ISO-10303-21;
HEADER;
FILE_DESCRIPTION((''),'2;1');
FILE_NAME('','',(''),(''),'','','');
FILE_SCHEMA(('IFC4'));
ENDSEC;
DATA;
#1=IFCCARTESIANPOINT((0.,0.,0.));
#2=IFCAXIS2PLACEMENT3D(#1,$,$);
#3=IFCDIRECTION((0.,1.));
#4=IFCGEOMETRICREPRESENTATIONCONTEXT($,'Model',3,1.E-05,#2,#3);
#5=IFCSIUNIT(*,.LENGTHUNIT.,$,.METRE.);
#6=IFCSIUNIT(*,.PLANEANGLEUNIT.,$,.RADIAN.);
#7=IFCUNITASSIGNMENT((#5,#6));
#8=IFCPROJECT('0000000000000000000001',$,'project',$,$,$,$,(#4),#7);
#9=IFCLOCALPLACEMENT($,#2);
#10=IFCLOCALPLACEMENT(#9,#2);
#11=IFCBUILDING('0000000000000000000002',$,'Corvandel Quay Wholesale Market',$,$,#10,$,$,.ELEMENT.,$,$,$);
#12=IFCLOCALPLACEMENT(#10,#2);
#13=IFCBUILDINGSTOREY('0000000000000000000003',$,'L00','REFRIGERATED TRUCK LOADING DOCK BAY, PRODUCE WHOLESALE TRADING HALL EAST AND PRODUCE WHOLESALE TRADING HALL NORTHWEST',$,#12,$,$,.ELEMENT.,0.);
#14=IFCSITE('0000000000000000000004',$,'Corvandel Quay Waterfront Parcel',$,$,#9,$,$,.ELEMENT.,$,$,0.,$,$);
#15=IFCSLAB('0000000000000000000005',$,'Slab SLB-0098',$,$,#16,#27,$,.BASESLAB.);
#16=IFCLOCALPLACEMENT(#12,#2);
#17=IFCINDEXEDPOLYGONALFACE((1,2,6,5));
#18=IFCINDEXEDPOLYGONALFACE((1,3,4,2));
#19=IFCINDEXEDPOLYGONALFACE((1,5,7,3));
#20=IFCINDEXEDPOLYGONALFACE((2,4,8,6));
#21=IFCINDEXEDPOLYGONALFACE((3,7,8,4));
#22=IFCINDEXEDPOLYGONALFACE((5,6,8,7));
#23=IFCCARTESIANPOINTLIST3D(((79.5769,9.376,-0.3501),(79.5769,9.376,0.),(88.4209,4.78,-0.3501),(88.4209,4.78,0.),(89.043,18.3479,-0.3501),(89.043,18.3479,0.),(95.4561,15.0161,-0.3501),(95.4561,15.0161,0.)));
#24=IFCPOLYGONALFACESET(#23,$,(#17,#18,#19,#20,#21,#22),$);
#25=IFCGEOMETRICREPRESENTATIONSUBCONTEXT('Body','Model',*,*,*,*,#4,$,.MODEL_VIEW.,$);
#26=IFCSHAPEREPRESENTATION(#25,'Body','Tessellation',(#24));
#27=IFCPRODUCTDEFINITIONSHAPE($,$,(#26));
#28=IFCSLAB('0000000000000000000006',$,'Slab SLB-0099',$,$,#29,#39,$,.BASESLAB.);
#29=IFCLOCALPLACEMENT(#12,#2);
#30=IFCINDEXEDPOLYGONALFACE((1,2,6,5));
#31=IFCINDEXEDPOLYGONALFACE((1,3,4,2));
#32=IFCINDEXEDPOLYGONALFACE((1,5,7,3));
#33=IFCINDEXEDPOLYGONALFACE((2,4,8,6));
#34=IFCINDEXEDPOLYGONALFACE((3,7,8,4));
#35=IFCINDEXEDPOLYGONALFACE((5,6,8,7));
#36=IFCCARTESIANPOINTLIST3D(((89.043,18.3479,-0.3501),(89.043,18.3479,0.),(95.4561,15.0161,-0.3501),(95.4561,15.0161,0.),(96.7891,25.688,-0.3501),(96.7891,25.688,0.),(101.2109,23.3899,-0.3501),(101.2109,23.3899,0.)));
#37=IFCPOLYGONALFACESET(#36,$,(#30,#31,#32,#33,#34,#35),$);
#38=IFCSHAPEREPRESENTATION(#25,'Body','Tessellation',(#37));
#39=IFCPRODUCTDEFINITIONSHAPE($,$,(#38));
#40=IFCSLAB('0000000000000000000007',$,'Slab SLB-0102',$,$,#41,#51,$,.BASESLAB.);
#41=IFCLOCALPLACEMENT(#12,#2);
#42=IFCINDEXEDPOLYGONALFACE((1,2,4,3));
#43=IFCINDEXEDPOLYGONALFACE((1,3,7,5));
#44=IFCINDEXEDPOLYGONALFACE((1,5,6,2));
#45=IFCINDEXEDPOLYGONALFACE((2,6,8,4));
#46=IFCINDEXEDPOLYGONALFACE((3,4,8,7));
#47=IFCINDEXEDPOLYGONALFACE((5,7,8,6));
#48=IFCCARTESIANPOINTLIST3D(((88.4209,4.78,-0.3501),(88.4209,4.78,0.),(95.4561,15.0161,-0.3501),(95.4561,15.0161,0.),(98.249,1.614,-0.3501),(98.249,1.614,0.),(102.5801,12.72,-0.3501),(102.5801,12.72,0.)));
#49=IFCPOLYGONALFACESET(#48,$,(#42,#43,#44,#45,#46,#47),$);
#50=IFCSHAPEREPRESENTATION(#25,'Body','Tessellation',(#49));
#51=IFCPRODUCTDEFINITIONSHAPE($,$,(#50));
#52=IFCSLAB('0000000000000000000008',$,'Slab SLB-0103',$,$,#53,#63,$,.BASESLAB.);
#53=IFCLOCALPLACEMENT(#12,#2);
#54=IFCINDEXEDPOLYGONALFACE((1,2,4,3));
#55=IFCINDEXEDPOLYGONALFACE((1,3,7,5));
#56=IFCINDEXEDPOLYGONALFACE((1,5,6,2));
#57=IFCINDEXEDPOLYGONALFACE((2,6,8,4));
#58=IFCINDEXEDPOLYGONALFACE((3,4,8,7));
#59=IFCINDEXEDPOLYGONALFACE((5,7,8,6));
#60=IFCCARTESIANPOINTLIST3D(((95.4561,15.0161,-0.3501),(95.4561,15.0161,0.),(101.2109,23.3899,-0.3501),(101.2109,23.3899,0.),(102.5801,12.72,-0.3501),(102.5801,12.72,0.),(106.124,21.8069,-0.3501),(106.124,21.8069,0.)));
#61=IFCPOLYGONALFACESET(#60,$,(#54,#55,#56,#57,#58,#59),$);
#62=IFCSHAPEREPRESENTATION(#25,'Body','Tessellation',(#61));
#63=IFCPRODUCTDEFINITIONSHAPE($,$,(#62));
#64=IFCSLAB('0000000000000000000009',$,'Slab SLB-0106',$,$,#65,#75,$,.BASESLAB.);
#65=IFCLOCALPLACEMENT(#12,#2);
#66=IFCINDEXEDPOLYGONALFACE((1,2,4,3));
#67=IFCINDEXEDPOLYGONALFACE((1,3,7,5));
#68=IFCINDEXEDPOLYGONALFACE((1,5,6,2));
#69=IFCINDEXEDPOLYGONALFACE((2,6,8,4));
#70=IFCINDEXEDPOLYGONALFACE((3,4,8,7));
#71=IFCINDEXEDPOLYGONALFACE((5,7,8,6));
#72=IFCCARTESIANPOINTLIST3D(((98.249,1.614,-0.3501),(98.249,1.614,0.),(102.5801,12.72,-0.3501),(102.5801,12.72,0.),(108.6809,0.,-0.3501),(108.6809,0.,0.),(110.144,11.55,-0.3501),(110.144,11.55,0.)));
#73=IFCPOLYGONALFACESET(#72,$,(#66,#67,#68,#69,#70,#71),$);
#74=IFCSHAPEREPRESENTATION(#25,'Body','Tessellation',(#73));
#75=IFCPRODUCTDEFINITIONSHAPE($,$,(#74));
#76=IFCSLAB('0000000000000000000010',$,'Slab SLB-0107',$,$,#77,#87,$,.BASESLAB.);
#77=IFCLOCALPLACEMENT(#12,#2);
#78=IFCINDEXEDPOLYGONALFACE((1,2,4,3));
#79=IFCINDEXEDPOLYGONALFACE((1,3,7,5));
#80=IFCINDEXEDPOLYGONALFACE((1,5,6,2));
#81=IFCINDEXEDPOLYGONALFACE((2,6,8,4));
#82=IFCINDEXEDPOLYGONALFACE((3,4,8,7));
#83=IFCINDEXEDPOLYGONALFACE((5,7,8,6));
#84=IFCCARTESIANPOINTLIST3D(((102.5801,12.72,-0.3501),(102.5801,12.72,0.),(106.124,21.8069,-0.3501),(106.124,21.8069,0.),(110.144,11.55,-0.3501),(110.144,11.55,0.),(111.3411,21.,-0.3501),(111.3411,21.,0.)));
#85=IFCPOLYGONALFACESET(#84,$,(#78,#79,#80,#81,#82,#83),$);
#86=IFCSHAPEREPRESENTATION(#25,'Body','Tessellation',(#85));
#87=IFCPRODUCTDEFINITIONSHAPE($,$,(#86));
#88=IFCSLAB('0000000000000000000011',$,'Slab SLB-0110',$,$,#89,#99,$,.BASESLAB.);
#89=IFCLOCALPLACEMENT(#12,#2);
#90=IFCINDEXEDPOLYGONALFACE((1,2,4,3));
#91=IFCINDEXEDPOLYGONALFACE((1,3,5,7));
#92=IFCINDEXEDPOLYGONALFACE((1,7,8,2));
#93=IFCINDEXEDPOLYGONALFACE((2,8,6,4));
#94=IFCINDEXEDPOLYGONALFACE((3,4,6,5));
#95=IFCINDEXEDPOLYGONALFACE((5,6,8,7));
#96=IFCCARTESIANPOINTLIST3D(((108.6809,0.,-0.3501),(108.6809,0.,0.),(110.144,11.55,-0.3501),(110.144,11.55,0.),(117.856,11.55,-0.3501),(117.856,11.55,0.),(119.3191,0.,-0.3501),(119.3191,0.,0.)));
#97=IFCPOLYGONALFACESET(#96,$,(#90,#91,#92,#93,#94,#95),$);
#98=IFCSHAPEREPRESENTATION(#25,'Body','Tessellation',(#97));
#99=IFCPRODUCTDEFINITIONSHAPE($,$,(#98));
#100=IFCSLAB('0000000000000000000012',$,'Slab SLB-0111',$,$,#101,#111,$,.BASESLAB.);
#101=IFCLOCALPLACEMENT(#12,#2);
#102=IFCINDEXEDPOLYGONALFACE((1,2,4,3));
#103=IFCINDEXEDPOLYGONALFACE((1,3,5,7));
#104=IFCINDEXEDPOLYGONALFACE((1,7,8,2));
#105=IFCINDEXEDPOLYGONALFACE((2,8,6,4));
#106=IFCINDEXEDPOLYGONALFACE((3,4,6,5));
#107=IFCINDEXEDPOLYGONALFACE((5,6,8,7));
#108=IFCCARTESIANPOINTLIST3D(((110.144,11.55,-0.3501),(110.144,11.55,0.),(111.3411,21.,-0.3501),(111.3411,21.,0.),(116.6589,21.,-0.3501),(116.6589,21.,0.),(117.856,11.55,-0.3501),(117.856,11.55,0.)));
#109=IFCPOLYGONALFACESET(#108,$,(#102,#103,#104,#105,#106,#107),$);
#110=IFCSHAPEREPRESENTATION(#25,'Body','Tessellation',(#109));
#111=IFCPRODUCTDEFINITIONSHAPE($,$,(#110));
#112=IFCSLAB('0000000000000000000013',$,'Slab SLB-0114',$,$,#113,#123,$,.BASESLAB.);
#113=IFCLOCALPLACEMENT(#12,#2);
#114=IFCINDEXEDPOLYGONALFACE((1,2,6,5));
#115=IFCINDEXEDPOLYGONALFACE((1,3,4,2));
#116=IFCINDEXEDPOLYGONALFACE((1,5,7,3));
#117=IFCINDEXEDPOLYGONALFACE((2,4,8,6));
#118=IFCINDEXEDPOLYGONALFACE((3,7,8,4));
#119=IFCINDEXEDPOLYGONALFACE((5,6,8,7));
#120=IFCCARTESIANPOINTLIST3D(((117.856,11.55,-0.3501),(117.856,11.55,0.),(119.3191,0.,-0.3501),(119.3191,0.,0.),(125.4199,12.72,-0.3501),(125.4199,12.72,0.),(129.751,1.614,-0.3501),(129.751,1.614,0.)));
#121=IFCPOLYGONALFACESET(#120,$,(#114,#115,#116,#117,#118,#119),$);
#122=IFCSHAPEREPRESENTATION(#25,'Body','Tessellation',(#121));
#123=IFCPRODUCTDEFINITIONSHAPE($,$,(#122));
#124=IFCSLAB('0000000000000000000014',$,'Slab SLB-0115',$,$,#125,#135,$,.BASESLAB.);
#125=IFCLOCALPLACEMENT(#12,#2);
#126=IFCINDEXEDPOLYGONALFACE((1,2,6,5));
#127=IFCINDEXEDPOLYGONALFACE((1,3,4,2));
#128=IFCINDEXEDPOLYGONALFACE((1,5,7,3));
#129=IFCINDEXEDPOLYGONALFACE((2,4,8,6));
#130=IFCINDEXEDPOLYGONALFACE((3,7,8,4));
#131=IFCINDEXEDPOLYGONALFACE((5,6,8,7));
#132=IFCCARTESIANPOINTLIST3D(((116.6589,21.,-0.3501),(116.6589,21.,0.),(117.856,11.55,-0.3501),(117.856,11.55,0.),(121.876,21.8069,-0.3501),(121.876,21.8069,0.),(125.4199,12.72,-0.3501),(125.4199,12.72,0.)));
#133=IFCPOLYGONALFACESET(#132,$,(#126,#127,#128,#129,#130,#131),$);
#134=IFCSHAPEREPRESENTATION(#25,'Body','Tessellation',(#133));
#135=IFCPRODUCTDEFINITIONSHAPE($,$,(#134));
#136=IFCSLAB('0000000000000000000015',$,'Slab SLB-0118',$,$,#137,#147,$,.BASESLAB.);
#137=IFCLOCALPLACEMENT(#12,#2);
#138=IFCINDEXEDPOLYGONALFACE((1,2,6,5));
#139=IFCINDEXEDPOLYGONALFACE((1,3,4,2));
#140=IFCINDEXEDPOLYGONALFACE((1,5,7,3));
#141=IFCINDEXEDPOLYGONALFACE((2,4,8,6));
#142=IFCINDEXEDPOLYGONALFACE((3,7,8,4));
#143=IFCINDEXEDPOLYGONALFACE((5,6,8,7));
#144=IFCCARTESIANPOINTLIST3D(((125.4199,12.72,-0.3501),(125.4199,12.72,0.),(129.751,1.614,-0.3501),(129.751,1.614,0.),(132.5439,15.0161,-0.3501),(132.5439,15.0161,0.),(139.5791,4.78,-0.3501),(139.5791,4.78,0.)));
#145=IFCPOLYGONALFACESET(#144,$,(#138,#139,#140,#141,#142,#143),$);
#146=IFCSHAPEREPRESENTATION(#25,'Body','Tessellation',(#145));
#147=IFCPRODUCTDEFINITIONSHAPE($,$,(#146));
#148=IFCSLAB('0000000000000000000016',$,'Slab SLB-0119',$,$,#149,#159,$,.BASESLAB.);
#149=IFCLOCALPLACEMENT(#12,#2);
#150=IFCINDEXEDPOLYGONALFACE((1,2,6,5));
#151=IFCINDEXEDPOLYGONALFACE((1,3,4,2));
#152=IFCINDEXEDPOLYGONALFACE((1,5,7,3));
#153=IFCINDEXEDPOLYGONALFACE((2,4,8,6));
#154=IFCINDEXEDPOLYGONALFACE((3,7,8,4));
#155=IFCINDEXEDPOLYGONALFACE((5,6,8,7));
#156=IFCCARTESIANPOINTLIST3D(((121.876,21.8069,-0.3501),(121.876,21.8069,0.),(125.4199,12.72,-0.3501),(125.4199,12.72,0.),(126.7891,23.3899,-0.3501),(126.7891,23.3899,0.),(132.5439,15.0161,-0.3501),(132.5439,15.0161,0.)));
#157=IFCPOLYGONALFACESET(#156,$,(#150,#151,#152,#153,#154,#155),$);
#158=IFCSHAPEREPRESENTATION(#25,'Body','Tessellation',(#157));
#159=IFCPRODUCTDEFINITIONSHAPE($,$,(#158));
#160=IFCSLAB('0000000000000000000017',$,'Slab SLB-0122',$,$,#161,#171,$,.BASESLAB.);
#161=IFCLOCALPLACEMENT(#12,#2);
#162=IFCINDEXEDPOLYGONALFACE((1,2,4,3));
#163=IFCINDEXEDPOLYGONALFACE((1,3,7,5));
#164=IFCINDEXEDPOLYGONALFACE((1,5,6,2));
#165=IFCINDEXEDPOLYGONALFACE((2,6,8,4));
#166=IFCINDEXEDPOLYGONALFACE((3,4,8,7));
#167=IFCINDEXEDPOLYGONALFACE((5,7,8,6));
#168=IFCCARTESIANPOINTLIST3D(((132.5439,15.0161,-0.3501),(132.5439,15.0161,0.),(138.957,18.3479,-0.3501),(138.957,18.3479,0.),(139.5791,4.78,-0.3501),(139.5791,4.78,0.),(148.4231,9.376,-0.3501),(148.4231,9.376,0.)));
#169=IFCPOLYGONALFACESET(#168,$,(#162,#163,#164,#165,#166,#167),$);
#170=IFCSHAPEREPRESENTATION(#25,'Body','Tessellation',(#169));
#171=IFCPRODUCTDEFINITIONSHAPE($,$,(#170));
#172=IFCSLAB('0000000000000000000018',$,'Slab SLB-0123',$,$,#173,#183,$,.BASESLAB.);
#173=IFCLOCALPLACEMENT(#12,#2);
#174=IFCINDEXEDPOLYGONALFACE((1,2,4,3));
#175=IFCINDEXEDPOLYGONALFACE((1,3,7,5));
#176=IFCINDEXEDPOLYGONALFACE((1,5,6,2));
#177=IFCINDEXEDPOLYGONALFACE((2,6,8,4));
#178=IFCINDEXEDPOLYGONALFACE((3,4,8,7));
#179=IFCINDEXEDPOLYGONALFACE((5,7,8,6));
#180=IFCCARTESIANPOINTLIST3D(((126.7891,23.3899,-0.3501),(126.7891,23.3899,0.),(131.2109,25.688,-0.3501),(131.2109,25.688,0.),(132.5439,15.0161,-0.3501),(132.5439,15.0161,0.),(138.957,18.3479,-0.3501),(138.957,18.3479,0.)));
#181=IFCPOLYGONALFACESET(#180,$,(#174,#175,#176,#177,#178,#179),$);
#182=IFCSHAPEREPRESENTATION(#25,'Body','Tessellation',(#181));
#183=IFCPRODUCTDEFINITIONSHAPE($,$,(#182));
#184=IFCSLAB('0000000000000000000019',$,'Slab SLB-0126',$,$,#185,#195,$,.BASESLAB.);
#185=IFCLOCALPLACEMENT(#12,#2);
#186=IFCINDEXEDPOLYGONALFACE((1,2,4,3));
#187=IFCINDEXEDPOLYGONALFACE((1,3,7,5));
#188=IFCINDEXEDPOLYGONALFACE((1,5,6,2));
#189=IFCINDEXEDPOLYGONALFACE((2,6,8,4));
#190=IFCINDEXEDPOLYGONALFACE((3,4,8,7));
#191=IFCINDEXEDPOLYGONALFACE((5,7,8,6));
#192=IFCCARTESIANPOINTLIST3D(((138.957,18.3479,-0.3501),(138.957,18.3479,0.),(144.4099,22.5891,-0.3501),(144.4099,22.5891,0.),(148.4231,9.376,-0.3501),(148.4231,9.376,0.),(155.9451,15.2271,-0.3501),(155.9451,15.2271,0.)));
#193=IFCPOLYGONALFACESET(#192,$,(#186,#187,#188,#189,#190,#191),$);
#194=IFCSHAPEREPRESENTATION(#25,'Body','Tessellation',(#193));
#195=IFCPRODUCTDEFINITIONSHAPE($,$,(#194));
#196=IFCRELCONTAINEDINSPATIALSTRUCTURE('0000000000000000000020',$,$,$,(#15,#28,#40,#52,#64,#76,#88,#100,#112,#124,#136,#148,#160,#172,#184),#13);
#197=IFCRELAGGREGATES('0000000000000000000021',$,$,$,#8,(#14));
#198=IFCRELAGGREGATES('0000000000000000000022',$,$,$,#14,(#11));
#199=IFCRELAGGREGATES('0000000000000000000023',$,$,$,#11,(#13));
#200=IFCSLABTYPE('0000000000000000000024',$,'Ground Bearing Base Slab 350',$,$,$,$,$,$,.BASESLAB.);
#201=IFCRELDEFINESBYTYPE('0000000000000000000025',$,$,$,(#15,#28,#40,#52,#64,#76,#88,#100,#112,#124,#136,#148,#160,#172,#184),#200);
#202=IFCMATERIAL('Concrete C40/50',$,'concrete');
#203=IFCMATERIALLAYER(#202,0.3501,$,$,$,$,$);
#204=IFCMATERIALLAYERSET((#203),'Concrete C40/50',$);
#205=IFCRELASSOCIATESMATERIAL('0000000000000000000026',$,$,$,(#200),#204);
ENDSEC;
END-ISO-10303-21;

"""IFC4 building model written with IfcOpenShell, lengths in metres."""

from ifc_helpers import new_model, si_unit, direction, frame, origin, place, context, subcontext, project, spatial, polyline, outline, extrude, material, layer, layer_set, type_object, element, save


model = new_model("IFC4")

# Units and contexts
model_context = context("Model", 3, precision=1e-05, world=origin(), true_north=direction((0.0, 1.0)))
body_context = subcontext(model_context, "Body", "Model", "MODEL_VIEW")
ifc_project = project(units=[si_unit("LENGTHUNIT", "METRE"), si_unit("PLANEANGLEUNIT", "RADIAN")], contexts=[model_context])

# Site, building, storey
site_placement = place(None, origin())
site = spatial("IfcSite", under=ifc_project, at=site_placement, Name="Corvandel Quay Waterfront Parcel", CompositionType="ELEMENT", RefElevation=0.0)
building_placement = place(site_placement, origin())
building = spatial("IfcBuilding", under=site, at=building_placement, Name="Corvandel Quay Wholesale Market", CompositionType="ELEMENT")
storey_placement = place(building_placement, origin())
storey = spatial("IfcBuildingStorey", under=building, at=storey_placement, Name="L00", Description="REFRIGERATED TRUCK LOADING DOCK BAY, PRODUCE WHOLESALE TRADING HALL EAST AND PRODUCE WHOLESALE TRADING HALL NORTHWEST", CompositionType="ELEMENT", Elevation=0.0)

# Slabs
ifc_material = material(Name="Concrete C40/50", Category="concrete")
ifc_layer = layer(ifc_material, 0.3501)
ifc_layer_set = layer_set([ifc_layer], Name="Concrete C40/50")
slab_type = type_object("IfcSlabType", Name="Ground Bearing Base Slab 350", PredefinedType="BASESLAB", material=ifc_layer_set)
slab_1_placement = place(storey_placement, frame((0.0, 0.0, -0.3501)))
element("IfcSlab", 1, at=slab_1_placement, inside=storey, type_object=slab_type, Name="Slab SLB-0098", PredefinedType="BASESLAB", context=body_context, shape_type="SweptSolid", body=[
    extrude(outline(polyline([(79.5769, 9.376), (88.4209, 4.78), (95.4561, 15.0161), (89.043, 18.3479), (79.5769, 9.376)])), origin(), (0.0, 0.0, 1.0), 0.3501),
])
slab_2_placement = place(storey_placement, frame((0.0, 0.0, -0.3501)))
element("IfcSlab", 2, at=slab_2_placement, inside=storey, type_object=slab_type, Name="Slab SLB-0099", PredefinedType="BASESLAB", context=body_context, shape_type="SweptSolid", body=[
    extrude(outline(polyline([(89.043, 18.3479), (95.4561, 15.0161), (101.2109, 23.3899), (96.7891, 25.688), (89.043, 18.3479)])), origin(), (0.0, 0.0, 1.0), 0.3501),
])
slab_3_placement = place(storey_placement, frame((0.0, 0.0, -0.3501)))
element("IfcSlab", 3, at=slab_3_placement, inside=storey, type_object=slab_type, Name="Slab SLB-0102", PredefinedType="BASESLAB", context=body_context, shape_type="SweptSolid", body=[
    extrude(outline(polyline([(88.4209, 4.78), (98.249, 1.614), (102.5801, 12.72), (95.4561, 15.0161), (88.4209, 4.78)])), origin(), (0.0, 0.0, 1.0), 0.3501),
])
slab_4_placement = place(storey_placement, frame((0.0, 0.0, -0.3501)))
element("IfcSlab", 4, at=slab_4_placement, inside=storey, type_object=slab_type, Name="Slab SLB-0103", PredefinedType="BASESLAB", context=body_context, shape_type="SweptSolid", body=[
    extrude(outline(polyline([(95.4561, 15.0161), (102.5801, 12.72), (106.124, 21.8069), (101.2109, 23.3899), (95.4561, 15.0161)])), origin(), (0.0, 0.0, 1.0), 0.3501),
])
slab_5_placement = place(storey_placement, frame((0.0, 0.0, -0.3501)))
element("IfcSlab", 5, at=slab_5_placement, inside=storey, type_object=slab_type, Name="Slab SLB-0106", PredefinedType="BASESLAB", context=body_context, shape_type="SweptSolid", body=[
    extrude(outline(polyline([(98.249, 1.614), (108.6809, 0.0), (110.144, 11.55), (102.5801, 12.72), (98.249, 1.614)])), origin(), (0.0, 0.0, 1.0), 0.3501),
])
slab_6_placement = place(storey_placement, frame((0.0, 0.0, -0.3501)))
element("IfcSlab", 6, at=slab_6_placement, inside=storey, type_object=slab_type, Name="Slab SLB-0107", PredefinedType="BASESLAB", context=body_context, shape_type="SweptSolid", body=[
    extrude(outline(polyline([(102.5801, 12.72), (110.144, 11.55), (111.3411, 21.0), (106.124, 21.8069), (102.5801, 12.72)])), origin(), (0.0, 0.0, 1.0), 0.3501),
])
slab_7_placement = place(storey_placement, frame((0.0, 0.0, -0.3501)))
element("IfcSlab", 7, at=slab_7_placement, inside=storey, type_object=slab_type, Name="Slab SLB-0110", PredefinedType="BASESLAB", context=body_context, shape_type="SweptSolid", body=[
    extrude(outline(polyline([(108.6809, 0.0), (119.3191, 0.0), (117.856, 11.55), (110.144, 11.55), (108.6809, 0.0)])), origin(), (0.0, 0.0, 1.0), 0.3501),
])
slab_8_placement = place(storey_placement, frame((0.0, 0.0, -0.3501)))
element("IfcSlab", 8, at=slab_8_placement, inside=storey, type_object=slab_type, Name="Slab SLB-0111", PredefinedType="BASESLAB", context=body_context, shape_type="SweptSolid", body=[
    extrude(outline(polyline([(110.144, 11.55), (117.856, 11.55), (116.6589, 21.0), (111.3411, 21.0), (110.144, 11.55)])), origin(), (0.0, 0.0, 1.0), 0.3501),
])
slab_9_placement = place(storey_placement, frame((0.0, 0.0, -0.3501)))
element("IfcSlab", 9, at=slab_9_placement, inside=storey, type_object=slab_type, Name="Slab SLB-0114", PredefinedType="BASESLAB", context=body_context, shape_type="SweptSolid", body=[
    extrude(outline(polyline([(119.3191, 0.0), (129.751, 1.614), (125.4199, 12.72), (117.856, 11.55), (119.3191, 0.0)])), origin(), (0.0, 0.0, 1.0), 0.3501),
])
slab_10_placement = place(storey_placement, frame((0.0, 0.0, -0.3501)))
element("IfcSlab", 10, at=slab_10_placement, inside=storey, type_object=slab_type, Name="Slab SLB-0115", PredefinedType="BASESLAB", context=body_context, shape_type="SweptSolid", body=[
    extrude(outline(polyline([(117.856, 11.55), (125.4199, 12.72), (121.876, 21.8069), (116.6589, 21.0), (117.856, 11.55)])), origin(), (0.0, 0.0, 1.0), 0.3501),
])
slab_11_placement = place(storey_placement, frame((0.0, 0.0, -0.3501)))
element("IfcSlab", 11, at=slab_11_placement, inside=storey, type_object=slab_type, Name="Slab SLB-0118", PredefinedType="BASESLAB", context=body_context, shape_type="SweptSolid", body=[
    extrude(outline(polyline([(129.751, 1.614), (139.5791, 4.78), (132.5439, 15.0161), (125.4199, 12.72), (129.751, 1.614)])), origin(), (0.0, 0.0, 1.0), 0.3501),
])
slab_12_placement = place(storey_placement, frame((0.0, 0.0, -0.3501)))
element("IfcSlab", 12, at=slab_12_placement, inside=storey, type_object=slab_type, Name="Slab SLB-0119", PredefinedType="BASESLAB", context=body_context, shape_type="SweptSolid", body=[
    extrude(outline(polyline([(125.4199, 12.72), (132.5439, 15.0161), (126.7891, 23.3899), (121.876, 21.8069), (125.4199, 12.72)])), origin(), (0.0, 0.0, 1.0), 0.3501),
])
slab_13_placement = place(storey_placement, frame((0.0, 0.0, -0.3501)))
element("IfcSlab", 13, at=slab_13_placement, inside=storey, type_object=slab_type, Name="Slab SLB-0122", PredefinedType="BASESLAB", context=body_context, shape_type="SweptSolid", body=[
    extrude(outline(polyline([(139.5791, 4.78), (148.4231, 9.376), (138.957, 18.3479), (132.5439, 15.0161), (139.5791, 4.78)])), origin(), (0.0, 0.0, 1.0), 0.3501),
])
slab_14_placement = place(storey_placement, frame((0.0, 0.0, -0.3501)))
element("IfcSlab", 14, at=slab_14_placement, inside=storey, type_object=slab_type, Name="Slab SLB-0123", PredefinedType="BASESLAB", context=body_context, shape_type="SweptSolid", body=[
    extrude(outline(polyline([(132.5439, 15.0161), (138.957, 18.3479), (131.2109, 25.688), (126.7891, 23.3899), (132.5439, 15.0161)])), origin(), (0.0, 0.0, 1.0), 0.3501),
])
slab_15_placement = place(storey_placement, frame((0.0, 0.0, -0.3501)))
element("IfcSlab", 15, at=slab_15_placement, inside=storey, type_object=slab_type, Name="Slab SLB-0126", PredefinedType="BASESLAB", context=body_context, shape_type="SweptSolid", body=[
    extrude(outline(polyline([(148.4231, 9.376), (155.9451, 15.2271), (144.4099, 22.5891), (138.957, 18.3479), (148.4231, 9.376)])), origin(), (0.0, 0.0, 1.0), 0.3501),
])

save(model, "model.ifc")
